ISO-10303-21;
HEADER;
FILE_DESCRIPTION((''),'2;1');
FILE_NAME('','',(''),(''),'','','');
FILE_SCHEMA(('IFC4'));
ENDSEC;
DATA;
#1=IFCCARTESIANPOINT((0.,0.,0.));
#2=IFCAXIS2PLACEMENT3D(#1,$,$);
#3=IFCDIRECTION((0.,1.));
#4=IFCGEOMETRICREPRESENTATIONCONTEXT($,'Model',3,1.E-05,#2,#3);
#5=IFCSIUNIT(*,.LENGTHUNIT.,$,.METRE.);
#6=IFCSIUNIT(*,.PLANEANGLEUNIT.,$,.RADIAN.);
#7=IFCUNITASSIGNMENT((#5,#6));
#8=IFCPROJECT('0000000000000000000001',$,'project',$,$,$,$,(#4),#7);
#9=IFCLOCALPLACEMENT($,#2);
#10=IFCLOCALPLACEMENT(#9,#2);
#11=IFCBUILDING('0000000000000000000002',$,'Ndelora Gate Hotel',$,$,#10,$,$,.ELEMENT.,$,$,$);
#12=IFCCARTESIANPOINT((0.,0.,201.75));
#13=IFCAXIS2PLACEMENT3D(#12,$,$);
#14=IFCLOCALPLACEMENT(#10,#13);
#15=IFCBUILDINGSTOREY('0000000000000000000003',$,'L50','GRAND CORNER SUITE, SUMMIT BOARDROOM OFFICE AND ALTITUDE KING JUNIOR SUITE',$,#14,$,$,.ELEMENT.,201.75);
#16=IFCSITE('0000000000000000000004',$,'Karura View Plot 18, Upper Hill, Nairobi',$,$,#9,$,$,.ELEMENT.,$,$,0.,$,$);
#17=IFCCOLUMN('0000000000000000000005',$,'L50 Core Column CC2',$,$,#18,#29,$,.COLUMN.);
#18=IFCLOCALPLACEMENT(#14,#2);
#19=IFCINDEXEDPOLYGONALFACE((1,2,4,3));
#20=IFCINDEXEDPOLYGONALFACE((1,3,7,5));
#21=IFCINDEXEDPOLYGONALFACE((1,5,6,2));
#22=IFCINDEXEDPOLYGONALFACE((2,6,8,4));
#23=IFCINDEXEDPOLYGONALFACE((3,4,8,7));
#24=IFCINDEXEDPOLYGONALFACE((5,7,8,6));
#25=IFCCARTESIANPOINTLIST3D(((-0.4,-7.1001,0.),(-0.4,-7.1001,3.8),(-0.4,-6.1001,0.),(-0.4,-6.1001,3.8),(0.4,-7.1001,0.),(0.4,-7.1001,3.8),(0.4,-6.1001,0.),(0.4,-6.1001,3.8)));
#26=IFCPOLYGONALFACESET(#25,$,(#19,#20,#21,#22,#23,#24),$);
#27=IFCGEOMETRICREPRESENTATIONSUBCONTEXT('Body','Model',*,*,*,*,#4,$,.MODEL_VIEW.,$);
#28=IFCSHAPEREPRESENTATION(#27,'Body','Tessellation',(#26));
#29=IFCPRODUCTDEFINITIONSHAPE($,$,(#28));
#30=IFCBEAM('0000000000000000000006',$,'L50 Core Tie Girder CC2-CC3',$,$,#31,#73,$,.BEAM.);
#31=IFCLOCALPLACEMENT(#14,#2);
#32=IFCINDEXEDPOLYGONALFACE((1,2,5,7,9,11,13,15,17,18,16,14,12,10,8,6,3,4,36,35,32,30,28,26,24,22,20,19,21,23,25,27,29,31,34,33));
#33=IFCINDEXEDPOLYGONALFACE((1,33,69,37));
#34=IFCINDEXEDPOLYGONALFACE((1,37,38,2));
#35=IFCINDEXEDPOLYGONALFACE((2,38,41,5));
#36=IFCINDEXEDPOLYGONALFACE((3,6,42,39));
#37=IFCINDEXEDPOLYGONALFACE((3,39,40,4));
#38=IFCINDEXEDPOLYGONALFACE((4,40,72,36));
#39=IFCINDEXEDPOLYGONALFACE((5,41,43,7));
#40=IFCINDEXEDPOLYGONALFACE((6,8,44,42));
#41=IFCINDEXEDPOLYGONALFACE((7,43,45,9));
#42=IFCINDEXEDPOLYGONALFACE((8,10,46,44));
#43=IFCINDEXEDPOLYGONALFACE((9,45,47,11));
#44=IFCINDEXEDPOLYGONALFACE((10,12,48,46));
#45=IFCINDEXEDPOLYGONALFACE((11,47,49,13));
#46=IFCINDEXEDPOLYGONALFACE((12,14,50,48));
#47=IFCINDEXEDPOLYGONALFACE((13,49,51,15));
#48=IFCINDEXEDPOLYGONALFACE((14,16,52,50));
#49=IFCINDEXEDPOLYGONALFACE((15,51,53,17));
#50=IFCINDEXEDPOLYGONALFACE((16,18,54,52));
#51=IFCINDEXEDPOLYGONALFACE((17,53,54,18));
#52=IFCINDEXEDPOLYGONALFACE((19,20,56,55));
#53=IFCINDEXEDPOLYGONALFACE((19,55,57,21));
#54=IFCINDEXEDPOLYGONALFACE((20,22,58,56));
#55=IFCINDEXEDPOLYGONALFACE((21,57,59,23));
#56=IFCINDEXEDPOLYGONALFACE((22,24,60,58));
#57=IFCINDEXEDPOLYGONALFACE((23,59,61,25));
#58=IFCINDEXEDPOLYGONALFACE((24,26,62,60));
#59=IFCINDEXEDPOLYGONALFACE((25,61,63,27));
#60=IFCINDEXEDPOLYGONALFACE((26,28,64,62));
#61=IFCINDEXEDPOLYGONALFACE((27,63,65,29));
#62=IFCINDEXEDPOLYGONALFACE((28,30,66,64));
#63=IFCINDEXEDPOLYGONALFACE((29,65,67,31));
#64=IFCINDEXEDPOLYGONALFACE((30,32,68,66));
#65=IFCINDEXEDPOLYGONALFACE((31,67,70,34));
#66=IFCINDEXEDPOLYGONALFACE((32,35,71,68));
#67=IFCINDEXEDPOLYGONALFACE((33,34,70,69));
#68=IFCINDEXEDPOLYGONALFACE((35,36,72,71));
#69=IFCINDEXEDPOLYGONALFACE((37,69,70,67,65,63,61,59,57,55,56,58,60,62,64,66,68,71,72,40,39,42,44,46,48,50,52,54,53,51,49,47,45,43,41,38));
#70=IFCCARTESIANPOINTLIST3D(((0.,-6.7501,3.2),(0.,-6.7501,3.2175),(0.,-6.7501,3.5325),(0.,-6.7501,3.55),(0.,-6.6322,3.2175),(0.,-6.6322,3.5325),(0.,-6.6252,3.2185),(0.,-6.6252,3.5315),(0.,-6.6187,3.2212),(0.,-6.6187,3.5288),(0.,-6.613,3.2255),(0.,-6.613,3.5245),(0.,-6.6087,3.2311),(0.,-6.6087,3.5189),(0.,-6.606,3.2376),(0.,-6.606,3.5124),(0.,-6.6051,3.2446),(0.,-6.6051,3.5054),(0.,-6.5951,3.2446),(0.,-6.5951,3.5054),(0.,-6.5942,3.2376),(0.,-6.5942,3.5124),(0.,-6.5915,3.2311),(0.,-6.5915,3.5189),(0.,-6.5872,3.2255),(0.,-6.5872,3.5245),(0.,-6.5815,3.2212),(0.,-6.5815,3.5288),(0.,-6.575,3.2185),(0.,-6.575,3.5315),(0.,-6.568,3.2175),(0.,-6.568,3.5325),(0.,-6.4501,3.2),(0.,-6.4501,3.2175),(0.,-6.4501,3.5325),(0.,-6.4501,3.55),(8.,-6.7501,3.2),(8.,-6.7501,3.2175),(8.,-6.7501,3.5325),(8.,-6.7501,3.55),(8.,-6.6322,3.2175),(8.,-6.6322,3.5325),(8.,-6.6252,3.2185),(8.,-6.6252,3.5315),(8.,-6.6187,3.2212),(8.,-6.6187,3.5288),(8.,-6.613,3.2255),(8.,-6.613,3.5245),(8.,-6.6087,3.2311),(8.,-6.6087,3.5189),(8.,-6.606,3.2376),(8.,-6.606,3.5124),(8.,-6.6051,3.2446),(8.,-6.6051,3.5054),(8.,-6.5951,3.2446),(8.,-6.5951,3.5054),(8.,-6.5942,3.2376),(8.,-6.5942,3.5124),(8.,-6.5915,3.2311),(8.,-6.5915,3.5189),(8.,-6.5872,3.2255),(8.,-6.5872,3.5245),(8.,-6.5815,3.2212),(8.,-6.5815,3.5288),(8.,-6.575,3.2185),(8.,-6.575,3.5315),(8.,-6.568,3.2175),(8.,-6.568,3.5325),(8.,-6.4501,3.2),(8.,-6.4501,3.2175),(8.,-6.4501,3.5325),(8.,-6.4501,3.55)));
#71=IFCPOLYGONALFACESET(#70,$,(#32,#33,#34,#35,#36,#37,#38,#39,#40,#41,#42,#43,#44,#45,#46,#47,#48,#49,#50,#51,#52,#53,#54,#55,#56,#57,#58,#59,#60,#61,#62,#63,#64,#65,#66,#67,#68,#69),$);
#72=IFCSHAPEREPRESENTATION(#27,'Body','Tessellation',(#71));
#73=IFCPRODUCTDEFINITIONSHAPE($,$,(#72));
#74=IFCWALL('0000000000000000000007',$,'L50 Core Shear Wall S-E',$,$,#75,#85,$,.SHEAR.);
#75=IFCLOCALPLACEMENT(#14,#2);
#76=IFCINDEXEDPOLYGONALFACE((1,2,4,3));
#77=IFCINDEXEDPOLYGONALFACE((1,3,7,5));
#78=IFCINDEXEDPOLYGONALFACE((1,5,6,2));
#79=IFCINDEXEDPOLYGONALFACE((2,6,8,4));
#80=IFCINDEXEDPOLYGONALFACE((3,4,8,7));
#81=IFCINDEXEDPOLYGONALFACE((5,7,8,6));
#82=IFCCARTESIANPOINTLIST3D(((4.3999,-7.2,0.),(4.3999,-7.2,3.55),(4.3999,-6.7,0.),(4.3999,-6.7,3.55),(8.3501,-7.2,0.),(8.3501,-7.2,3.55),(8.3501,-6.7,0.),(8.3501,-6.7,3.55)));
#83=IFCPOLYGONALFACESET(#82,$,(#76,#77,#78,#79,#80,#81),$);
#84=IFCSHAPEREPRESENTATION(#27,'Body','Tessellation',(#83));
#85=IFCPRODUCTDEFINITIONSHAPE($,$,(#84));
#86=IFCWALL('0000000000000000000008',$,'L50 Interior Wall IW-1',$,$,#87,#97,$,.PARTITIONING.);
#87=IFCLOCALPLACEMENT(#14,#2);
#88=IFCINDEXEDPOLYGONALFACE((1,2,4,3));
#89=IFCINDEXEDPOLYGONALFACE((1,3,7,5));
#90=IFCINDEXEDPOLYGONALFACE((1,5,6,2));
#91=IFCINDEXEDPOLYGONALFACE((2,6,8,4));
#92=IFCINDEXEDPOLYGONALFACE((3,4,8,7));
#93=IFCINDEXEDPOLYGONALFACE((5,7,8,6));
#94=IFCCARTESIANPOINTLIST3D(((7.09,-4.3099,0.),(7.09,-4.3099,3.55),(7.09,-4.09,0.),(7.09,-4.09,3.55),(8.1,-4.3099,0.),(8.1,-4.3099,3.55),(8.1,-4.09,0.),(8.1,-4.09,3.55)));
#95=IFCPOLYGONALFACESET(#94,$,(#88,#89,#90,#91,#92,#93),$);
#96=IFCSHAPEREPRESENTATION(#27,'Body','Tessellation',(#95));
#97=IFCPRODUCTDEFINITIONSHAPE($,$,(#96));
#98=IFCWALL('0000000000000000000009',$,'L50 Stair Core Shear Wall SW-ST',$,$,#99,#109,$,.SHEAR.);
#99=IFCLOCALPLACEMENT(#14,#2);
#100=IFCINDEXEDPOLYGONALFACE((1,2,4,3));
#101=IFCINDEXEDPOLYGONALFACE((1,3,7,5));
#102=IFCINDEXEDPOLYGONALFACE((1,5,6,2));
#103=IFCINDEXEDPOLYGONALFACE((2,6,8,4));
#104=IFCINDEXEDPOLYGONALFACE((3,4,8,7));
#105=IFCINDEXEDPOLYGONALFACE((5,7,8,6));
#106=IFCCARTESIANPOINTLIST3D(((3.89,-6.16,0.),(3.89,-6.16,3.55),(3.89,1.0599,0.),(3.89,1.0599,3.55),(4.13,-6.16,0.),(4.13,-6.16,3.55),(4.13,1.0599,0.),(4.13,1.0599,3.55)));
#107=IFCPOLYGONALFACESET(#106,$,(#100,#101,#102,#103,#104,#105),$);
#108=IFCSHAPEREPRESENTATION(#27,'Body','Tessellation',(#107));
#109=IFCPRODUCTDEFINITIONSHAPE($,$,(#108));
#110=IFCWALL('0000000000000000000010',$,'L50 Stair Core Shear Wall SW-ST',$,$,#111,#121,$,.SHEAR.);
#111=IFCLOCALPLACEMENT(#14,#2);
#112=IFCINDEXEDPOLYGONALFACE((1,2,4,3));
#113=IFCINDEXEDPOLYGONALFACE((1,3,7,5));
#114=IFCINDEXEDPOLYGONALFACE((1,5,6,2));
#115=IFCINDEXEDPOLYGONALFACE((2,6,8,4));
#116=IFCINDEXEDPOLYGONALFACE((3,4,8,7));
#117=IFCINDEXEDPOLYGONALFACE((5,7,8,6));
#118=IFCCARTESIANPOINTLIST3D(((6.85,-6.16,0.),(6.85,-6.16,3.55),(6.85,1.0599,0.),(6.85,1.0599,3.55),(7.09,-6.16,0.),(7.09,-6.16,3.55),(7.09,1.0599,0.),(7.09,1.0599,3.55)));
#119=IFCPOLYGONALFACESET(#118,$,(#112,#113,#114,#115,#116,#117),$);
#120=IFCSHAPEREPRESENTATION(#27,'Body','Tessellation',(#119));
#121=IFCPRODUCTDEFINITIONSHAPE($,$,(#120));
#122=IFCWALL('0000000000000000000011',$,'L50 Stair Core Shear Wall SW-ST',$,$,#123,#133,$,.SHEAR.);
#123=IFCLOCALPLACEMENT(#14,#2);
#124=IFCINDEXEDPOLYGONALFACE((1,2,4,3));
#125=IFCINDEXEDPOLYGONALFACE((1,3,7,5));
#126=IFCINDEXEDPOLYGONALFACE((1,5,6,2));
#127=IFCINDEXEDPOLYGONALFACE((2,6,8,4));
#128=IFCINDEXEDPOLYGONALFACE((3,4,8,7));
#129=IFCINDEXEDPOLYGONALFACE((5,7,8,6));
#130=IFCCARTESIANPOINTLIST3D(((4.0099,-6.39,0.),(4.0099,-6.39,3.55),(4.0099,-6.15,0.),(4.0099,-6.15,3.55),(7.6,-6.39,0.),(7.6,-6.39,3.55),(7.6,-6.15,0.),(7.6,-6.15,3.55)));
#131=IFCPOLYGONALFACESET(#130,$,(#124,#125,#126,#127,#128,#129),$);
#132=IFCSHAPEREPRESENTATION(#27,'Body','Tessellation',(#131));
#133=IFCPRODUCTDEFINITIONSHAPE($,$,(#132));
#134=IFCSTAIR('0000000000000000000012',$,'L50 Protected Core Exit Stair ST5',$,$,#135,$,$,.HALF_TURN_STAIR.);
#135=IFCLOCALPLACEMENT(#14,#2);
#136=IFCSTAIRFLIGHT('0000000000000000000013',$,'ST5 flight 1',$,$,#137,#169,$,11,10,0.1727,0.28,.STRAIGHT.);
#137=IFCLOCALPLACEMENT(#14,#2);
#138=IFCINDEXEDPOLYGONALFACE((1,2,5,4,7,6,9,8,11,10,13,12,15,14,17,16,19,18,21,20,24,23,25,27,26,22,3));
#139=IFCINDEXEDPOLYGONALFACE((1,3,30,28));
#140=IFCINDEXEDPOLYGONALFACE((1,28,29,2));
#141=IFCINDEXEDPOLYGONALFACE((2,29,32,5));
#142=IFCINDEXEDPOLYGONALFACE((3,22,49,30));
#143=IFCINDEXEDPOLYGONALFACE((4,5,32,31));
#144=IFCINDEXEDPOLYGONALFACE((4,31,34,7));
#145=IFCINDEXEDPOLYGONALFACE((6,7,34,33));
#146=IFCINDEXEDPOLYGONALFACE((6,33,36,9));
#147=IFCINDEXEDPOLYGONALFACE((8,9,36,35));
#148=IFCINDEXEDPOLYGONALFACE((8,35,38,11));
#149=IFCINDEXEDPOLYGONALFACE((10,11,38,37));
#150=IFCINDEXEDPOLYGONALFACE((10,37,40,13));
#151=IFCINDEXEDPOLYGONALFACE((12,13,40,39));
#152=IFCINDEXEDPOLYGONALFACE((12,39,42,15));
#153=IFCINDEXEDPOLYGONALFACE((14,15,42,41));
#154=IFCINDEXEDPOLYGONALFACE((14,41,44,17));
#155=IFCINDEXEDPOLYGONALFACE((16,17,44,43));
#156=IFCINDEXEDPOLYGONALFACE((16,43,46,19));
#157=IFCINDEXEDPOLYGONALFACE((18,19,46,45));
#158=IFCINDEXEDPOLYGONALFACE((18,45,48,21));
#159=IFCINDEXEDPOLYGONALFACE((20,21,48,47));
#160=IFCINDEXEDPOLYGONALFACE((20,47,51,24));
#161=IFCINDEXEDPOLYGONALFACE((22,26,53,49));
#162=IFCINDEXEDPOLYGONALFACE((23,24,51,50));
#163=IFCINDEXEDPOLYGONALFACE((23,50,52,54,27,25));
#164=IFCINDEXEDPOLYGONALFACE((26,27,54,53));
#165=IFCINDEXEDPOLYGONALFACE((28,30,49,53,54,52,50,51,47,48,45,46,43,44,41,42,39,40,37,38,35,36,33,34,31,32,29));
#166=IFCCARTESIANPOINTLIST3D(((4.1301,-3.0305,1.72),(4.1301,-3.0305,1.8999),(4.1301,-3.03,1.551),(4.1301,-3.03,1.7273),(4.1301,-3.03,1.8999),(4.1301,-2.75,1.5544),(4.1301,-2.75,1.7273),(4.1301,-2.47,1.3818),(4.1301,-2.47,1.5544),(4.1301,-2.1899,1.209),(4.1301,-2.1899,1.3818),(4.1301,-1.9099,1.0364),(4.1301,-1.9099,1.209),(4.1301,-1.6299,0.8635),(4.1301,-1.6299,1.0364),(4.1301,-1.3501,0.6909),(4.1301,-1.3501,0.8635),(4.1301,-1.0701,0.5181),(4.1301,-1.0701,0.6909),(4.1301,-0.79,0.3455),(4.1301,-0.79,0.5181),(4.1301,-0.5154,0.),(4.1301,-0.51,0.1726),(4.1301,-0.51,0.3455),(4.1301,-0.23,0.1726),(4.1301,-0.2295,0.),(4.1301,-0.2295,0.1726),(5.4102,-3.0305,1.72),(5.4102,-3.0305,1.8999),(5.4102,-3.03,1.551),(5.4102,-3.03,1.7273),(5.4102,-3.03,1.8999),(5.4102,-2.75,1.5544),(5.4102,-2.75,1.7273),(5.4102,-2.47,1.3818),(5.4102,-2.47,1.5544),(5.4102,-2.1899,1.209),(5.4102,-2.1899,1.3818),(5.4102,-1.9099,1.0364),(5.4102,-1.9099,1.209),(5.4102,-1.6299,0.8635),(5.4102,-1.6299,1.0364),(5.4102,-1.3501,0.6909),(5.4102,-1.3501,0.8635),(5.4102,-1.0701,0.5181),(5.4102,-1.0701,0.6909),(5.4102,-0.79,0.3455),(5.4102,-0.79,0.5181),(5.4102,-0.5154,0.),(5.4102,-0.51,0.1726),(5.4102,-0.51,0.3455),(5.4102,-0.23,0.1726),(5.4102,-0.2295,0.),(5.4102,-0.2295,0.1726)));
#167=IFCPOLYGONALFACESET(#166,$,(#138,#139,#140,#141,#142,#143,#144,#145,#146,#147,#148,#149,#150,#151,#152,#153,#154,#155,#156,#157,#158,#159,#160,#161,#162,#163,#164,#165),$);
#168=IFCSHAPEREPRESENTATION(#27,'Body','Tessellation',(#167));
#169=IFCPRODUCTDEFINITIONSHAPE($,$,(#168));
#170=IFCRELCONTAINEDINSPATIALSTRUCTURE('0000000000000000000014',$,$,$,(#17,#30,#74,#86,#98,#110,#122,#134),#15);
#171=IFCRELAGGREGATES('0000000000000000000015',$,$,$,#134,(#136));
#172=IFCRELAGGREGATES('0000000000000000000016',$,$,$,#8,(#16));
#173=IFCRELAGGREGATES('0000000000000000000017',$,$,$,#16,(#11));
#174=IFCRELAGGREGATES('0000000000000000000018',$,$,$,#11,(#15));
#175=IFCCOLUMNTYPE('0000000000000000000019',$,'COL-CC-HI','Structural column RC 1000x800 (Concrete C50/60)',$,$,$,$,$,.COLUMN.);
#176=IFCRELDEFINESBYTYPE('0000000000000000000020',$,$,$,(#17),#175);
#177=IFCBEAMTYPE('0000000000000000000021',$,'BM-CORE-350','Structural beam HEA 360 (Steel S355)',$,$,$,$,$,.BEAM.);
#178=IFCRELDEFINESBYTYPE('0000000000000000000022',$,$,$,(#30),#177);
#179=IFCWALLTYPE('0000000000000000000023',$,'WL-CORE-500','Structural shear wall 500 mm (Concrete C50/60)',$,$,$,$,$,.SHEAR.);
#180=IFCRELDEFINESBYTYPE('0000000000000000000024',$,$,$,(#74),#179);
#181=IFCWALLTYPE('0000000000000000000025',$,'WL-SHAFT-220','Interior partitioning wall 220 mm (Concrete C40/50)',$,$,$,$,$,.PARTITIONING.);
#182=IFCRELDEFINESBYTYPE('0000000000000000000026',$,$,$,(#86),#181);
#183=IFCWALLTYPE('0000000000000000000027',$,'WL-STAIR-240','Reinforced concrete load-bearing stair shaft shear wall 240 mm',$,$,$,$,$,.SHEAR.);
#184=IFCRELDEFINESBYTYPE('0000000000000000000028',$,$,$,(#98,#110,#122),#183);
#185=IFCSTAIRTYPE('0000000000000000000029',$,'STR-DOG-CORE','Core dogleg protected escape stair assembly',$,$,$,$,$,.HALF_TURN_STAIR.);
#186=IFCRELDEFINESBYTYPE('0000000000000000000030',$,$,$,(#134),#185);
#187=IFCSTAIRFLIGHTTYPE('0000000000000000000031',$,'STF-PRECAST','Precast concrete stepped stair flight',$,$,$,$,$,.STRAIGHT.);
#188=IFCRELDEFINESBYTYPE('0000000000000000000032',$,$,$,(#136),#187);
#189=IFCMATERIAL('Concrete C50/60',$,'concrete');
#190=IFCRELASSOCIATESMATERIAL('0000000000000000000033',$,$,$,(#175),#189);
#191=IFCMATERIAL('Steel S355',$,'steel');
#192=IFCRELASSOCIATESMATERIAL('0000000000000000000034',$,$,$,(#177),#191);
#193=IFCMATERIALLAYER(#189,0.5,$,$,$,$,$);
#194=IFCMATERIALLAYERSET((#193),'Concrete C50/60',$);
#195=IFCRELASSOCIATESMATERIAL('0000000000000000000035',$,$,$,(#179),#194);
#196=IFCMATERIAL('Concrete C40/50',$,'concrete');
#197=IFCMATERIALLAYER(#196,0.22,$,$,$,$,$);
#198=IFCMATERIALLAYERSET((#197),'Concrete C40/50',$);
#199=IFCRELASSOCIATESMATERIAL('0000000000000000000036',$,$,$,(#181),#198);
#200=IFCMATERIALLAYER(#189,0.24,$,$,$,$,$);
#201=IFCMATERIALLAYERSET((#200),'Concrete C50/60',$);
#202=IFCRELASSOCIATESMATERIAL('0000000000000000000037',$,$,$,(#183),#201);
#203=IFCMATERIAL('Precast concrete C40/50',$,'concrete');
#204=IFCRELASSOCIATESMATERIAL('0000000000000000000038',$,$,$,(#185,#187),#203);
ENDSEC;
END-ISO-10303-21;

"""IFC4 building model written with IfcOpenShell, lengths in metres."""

from ifc_helpers import new_model, si_unit, direction, frame, frame_2d, origin, origin_2d, place, context, subcontext, project, spatial, polyline, rectangle, i_section, outline, extrude, material, layer, layer_set, material_profile, profile_set, type_object, element, aggregate, save


model = new_model("IFC4")

# Units and contexts
model_context = context("Model", 3, precision=1e-05, world=origin(), true_north=direction((0.0, 1.0)))
body_context = subcontext(model_context, "Body", "Model", "MODEL_VIEW")
ifc_project = project(units=[si_unit("LENGTHUNIT", "METRE"), si_unit("PLANEANGLEUNIT", "RADIAN")], contexts=[model_context])

# Site, building, storey
site_placement = place(None, origin())
site = spatial("IfcSite", under=ifc_project, at=site_placement, Name="Karura View Plot 18, Upper Hill, Nairobi", CompositionType="ELEMENT", RefElevation=0.0)
building_placement = place(site_placement, origin())
building = spatial("IfcBuilding", under=site, at=building_placement, Name="Ndelora Gate Hotel", CompositionType="ELEMENT")
storey_placement = place(building_placement, frame((0.0, 0.0, 201.75)))
storey = spatial("IfcBuildingStorey", under=building, at=storey_placement, Name="L50", Description="GRAND CORNER SUITE, SUMMIT BOARDROOM OFFICE AND ALTITUDE KING JUNIOR SUITE", CompositionType="ELEMENT", Elevation=201.75)

# Column
ifc_material_1 = material(Name="Concrete C50/60", Category="concrete")
ifc_material_profile_1 = material_profile(ifc_material_1, rectangle(XDim=0.8, YDim=1.0, at=origin_2d()), Name="RC 1000x800")
ifc_profile_set_1 = profile_set([ifc_material_profile_1], Name="Concrete C50/60")
column_type = type_object("IfcColumnType", Name="COL-CC-HI", Description="Structural column RC 1000x800 (Concrete C50/60)", PredefinedType="COLUMN", material=ifc_profile_set_1)
column_placement = place(storey_placement, frame((0.0, -6.6001, 0.0), z_axis=(0.0, 0.0, 1.0), x_axis=(1.0, 0.0, 0.0)))
element("IfcColumn", 1, at=column_placement, inside=storey, type_object=column_type, Name="L50 Core Column CC2", PredefinedType="COLUMN", context=body_context, shape_type="SweptSolid", body=[
    extrude(rectangle(XDim=0.8, YDim=1.0, at=origin_2d()), origin(), (0.0, 0.0, 1.0), 3.8),
])

# Beam
ifc_material_2 = material(Name="Steel S355", Category="steel")
ifc_material_profile_2 = material_profile(ifc_material_2, i_section(OverallWidth=0.3, OverallDepth=0.3501, WebThickness=0.01, FlangeThickness=0.0176, FilletRadius=0.0271, at=origin_2d()), Name="HEA 360")
ifc_profile_set_2 = profile_set([ifc_material_profile_2], Name="Steel S355")
beam_type = type_object("IfcBeamType", Name="BM-CORE-350", Description="Structural beam HEA 360 (Steel S355)", PredefinedType="BEAM", material=ifc_profile_set_2)
beam_placement = place(storey_placement, frame((0.0, -6.6001, 3.375), z_axis=(1.0, 0.0, 0.0), x_axis=(0.0, 1.0, 0.0)))
element("IfcBeam", 2, at=beam_placement, inside=storey, type_object=beam_type, Name="L50 Core Tie Girder CC2-CC3", PredefinedType="BEAM", context=body_context, shape_type="SweptSolid", body=[
    extrude(i_section(OverallWidth=0.3, OverallDepth=0.3501, WebThickness=0.01, FlangeThickness=0.0176, FilletRadius=0.0271, at=origin_2d()), origin(), (0.0, 0.0, 1.0), 8.0),
])

# Walls
ifc_layer_1 = layer(ifc_material_1, 0.5)
ifc_layer_set_1 = layer_set([ifc_layer_1], Name="Concrete C50/60")
wall_type_1 = type_object("IfcWallType", Name="WL-CORE-500", Description="Structural shear wall 500 mm (Concrete C50/60)", PredefinedType="SHEAR", material=ifc_layer_set_1)
wall_1_placement = place(storey_placement, frame((4.3999, -6.95, 0.0), z_axis=(0.0, 0.0, 1.0), x_axis=(1.0, 0.0, 0.0)))
element("IfcWall", 3, at=wall_1_placement, inside=storey, type_object=wall_type_1, Name="L50 Core Shear Wall S-E", PredefinedType="SHEAR", context=body_context, shape_type="SweptSolid", body=[
    extrude(rectangle(XDim=3.9502, YDim=0.5, at=frame_2d((1.9751, 0.0))), origin(), (0.0, 0.0, 1.0), 3.55),
])
ifc_material_3 = material(Name="Concrete C40/50", Category="concrete")
ifc_layer_2 = layer(ifc_material_3, 0.22)
ifc_layer_set_2 = layer_set([ifc_layer_2], Name="Concrete C40/50")
wall_type_2 = type_object("IfcWallType", Name="WL-SHAFT-220", Description="Interior partitioning wall 220 mm (Concrete C40/50)", PredefinedType="PARTITIONING", material=ifc_layer_set_2)
wall_2_placement = place(storey_placement, frame((7.0901, -4.2, 0.0), z_axis=(0.0, 0.0, 1.0), x_axis=(1.0, 0.0, 0.0)))
element("IfcWall", 4, at=wall_2_placement, inside=storey, type_object=wall_type_2, Name="L50 Interior Wall IW-1", PredefinedType="PARTITIONING", context=body_context, shape_type="SweptSolid", body=[
    extrude(rectangle(XDim=1.01, YDim=0.22, at=frame_2d((0.5049, 0.0))), origin(), (0.0, 0.0, 1.0), 3.55),
])
ifc_layer_3 = layer(ifc_material_1, 0.24)
ifc_layer_set_3 = layer_set([ifc_layer_3], Name="Concrete C50/60")
wall_type_3 = type_object("IfcWallType", Name="WL-STAIR-240", Description="Reinforced concrete load-bearing stair shaft shear wall 240 mm", PredefinedType="SHEAR", material=ifc_layer_set_3)
for number, where, z_axis, x_axis, name in (
    (5, (4.01, -6.1599, 0.0), (0.0, 0.0, 1.0), (0.0, 1.0, 0.0), "L50 Stair Core Shear Wall SW-ST"),
    (6, (6.97, -6.1599, 0.0), (0.0, 0.0, 1.0), (0.0, 1.0, 0.0), "L50 Stair Core Shear Wall SW-ST"),
):
    element("IfcWall", number, at=place(storey_placement, frame(where, z_axis=z_axis, x_axis=x_axis)), inside=storey, type_object=wall_type_3, Name=name, PredefinedType="SHEAR", context=body_context, shape_type="SweptSolid", body=[
        extrude(rectangle(XDim=7.22, YDim=0.24, at=frame_2d((3.6099, 0.0))), origin(), (0.0, 0.0, 1.0), 3.55),
    ])
wall_3_placement = place(storey_placement, frame((4.01, -6.27, 0.0), z_axis=(0.0, 0.0, 1.0), x_axis=(1.0, 0.0, 0.0)))
element("IfcWall", 7, at=wall_3_placement, inside=storey, type_object=wall_type_3, Name="L50 Stair Core Shear Wall SW-ST", PredefinedType="SHEAR", context=body_context, shape_type="SweptSolid", body=[
    extrude(rectangle(XDim=3.5901, YDim=0.24, at=frame_2d((1.7949, 0.0))), origin(), (0.0, 0.0, 1.0), 3.55),
])

# Stair, stair flight
ifc_material_4 = material(Name="Precast concrete C40/50", Category="concrete")
stair_type = type_object("IfcStairType", Name="STR-DOG-CORE", Description="Core dogleg protected escape stair assembly", PredefinedType="HALF_TURN_STAIR", material=ifc_material_4)
stair_placement = place(storey_placement, origin())
stair = element("IfcStair", 8, at=stair_placement, inside=storey, type_object=stair_type, Name="L50 Protected Core Exit Stair ST5", PredefinedType="HALF_TURN_STAIR")
stair_flight_type = type_object("IfcStairFlightType", Name="STF-PRECAST", Description="Precast concrete stepped stair flight", PredefinedType="STRAIGHT", material=ifc_material_4)
stair_flight_1_placement = place(storey_placement, frame((4.77, -0.23, 0.0), z_axis=(0.0, 0.0, 1.0), x_axis=(0.0, -1.0, 0.0)))
stair_flight_1 = element("IfcStairFlight", 9, at=stair_flight_1_placement, type_object=stair_flight_type, Name="ST5 flight 1", NumberOfRisers=11, NumberOfTreads=10, PredefinedType="STRAIGHT", RiserHeight=0.1727, TreadLength=0.28, context=body_context, shape_type="SweptSolid", body=[
    extrude(outline(polyline([(-0.0005, 0.0), (-0.0005, 0.1726), (0.0, 0.1726), (0.28, 0.1726), (0.28, 0.3455), (0.5601, 0.3455), (0.5601, 0.5181), (0.8401, 0.5181), (0.8401, 0.6909), (1.1201, 0.6909), (1.1201, 0.8635), (1.3999, 0.8635), (1.3999, 1.0364), (1.6799, 1.0364), (1.6799, 1.209), (1.96, 1.209), (1.96, 1.3818), (2.24, 1.3818), (2.24, 1.5544), (2.52, 1.5544), (2.52, 1.7273), (2.8, 1.7273), (2.8, 1.8999), (2.8005, 1.8999), (2.8005, 1.72), (2.8, 1.551), (0.2854, 0.0), (-0.0005, 0.0)])), frame((0.0, 0.6401, 0.0), z_axis=(0.0, -1.0, 0.0), x_axis=(1.0, 0.0, 0.0)), (0.0, 0.0, 1.0), 1.28),
])
aggregate(stair, [stair_flight_1])

save(model, "model.ifc")
